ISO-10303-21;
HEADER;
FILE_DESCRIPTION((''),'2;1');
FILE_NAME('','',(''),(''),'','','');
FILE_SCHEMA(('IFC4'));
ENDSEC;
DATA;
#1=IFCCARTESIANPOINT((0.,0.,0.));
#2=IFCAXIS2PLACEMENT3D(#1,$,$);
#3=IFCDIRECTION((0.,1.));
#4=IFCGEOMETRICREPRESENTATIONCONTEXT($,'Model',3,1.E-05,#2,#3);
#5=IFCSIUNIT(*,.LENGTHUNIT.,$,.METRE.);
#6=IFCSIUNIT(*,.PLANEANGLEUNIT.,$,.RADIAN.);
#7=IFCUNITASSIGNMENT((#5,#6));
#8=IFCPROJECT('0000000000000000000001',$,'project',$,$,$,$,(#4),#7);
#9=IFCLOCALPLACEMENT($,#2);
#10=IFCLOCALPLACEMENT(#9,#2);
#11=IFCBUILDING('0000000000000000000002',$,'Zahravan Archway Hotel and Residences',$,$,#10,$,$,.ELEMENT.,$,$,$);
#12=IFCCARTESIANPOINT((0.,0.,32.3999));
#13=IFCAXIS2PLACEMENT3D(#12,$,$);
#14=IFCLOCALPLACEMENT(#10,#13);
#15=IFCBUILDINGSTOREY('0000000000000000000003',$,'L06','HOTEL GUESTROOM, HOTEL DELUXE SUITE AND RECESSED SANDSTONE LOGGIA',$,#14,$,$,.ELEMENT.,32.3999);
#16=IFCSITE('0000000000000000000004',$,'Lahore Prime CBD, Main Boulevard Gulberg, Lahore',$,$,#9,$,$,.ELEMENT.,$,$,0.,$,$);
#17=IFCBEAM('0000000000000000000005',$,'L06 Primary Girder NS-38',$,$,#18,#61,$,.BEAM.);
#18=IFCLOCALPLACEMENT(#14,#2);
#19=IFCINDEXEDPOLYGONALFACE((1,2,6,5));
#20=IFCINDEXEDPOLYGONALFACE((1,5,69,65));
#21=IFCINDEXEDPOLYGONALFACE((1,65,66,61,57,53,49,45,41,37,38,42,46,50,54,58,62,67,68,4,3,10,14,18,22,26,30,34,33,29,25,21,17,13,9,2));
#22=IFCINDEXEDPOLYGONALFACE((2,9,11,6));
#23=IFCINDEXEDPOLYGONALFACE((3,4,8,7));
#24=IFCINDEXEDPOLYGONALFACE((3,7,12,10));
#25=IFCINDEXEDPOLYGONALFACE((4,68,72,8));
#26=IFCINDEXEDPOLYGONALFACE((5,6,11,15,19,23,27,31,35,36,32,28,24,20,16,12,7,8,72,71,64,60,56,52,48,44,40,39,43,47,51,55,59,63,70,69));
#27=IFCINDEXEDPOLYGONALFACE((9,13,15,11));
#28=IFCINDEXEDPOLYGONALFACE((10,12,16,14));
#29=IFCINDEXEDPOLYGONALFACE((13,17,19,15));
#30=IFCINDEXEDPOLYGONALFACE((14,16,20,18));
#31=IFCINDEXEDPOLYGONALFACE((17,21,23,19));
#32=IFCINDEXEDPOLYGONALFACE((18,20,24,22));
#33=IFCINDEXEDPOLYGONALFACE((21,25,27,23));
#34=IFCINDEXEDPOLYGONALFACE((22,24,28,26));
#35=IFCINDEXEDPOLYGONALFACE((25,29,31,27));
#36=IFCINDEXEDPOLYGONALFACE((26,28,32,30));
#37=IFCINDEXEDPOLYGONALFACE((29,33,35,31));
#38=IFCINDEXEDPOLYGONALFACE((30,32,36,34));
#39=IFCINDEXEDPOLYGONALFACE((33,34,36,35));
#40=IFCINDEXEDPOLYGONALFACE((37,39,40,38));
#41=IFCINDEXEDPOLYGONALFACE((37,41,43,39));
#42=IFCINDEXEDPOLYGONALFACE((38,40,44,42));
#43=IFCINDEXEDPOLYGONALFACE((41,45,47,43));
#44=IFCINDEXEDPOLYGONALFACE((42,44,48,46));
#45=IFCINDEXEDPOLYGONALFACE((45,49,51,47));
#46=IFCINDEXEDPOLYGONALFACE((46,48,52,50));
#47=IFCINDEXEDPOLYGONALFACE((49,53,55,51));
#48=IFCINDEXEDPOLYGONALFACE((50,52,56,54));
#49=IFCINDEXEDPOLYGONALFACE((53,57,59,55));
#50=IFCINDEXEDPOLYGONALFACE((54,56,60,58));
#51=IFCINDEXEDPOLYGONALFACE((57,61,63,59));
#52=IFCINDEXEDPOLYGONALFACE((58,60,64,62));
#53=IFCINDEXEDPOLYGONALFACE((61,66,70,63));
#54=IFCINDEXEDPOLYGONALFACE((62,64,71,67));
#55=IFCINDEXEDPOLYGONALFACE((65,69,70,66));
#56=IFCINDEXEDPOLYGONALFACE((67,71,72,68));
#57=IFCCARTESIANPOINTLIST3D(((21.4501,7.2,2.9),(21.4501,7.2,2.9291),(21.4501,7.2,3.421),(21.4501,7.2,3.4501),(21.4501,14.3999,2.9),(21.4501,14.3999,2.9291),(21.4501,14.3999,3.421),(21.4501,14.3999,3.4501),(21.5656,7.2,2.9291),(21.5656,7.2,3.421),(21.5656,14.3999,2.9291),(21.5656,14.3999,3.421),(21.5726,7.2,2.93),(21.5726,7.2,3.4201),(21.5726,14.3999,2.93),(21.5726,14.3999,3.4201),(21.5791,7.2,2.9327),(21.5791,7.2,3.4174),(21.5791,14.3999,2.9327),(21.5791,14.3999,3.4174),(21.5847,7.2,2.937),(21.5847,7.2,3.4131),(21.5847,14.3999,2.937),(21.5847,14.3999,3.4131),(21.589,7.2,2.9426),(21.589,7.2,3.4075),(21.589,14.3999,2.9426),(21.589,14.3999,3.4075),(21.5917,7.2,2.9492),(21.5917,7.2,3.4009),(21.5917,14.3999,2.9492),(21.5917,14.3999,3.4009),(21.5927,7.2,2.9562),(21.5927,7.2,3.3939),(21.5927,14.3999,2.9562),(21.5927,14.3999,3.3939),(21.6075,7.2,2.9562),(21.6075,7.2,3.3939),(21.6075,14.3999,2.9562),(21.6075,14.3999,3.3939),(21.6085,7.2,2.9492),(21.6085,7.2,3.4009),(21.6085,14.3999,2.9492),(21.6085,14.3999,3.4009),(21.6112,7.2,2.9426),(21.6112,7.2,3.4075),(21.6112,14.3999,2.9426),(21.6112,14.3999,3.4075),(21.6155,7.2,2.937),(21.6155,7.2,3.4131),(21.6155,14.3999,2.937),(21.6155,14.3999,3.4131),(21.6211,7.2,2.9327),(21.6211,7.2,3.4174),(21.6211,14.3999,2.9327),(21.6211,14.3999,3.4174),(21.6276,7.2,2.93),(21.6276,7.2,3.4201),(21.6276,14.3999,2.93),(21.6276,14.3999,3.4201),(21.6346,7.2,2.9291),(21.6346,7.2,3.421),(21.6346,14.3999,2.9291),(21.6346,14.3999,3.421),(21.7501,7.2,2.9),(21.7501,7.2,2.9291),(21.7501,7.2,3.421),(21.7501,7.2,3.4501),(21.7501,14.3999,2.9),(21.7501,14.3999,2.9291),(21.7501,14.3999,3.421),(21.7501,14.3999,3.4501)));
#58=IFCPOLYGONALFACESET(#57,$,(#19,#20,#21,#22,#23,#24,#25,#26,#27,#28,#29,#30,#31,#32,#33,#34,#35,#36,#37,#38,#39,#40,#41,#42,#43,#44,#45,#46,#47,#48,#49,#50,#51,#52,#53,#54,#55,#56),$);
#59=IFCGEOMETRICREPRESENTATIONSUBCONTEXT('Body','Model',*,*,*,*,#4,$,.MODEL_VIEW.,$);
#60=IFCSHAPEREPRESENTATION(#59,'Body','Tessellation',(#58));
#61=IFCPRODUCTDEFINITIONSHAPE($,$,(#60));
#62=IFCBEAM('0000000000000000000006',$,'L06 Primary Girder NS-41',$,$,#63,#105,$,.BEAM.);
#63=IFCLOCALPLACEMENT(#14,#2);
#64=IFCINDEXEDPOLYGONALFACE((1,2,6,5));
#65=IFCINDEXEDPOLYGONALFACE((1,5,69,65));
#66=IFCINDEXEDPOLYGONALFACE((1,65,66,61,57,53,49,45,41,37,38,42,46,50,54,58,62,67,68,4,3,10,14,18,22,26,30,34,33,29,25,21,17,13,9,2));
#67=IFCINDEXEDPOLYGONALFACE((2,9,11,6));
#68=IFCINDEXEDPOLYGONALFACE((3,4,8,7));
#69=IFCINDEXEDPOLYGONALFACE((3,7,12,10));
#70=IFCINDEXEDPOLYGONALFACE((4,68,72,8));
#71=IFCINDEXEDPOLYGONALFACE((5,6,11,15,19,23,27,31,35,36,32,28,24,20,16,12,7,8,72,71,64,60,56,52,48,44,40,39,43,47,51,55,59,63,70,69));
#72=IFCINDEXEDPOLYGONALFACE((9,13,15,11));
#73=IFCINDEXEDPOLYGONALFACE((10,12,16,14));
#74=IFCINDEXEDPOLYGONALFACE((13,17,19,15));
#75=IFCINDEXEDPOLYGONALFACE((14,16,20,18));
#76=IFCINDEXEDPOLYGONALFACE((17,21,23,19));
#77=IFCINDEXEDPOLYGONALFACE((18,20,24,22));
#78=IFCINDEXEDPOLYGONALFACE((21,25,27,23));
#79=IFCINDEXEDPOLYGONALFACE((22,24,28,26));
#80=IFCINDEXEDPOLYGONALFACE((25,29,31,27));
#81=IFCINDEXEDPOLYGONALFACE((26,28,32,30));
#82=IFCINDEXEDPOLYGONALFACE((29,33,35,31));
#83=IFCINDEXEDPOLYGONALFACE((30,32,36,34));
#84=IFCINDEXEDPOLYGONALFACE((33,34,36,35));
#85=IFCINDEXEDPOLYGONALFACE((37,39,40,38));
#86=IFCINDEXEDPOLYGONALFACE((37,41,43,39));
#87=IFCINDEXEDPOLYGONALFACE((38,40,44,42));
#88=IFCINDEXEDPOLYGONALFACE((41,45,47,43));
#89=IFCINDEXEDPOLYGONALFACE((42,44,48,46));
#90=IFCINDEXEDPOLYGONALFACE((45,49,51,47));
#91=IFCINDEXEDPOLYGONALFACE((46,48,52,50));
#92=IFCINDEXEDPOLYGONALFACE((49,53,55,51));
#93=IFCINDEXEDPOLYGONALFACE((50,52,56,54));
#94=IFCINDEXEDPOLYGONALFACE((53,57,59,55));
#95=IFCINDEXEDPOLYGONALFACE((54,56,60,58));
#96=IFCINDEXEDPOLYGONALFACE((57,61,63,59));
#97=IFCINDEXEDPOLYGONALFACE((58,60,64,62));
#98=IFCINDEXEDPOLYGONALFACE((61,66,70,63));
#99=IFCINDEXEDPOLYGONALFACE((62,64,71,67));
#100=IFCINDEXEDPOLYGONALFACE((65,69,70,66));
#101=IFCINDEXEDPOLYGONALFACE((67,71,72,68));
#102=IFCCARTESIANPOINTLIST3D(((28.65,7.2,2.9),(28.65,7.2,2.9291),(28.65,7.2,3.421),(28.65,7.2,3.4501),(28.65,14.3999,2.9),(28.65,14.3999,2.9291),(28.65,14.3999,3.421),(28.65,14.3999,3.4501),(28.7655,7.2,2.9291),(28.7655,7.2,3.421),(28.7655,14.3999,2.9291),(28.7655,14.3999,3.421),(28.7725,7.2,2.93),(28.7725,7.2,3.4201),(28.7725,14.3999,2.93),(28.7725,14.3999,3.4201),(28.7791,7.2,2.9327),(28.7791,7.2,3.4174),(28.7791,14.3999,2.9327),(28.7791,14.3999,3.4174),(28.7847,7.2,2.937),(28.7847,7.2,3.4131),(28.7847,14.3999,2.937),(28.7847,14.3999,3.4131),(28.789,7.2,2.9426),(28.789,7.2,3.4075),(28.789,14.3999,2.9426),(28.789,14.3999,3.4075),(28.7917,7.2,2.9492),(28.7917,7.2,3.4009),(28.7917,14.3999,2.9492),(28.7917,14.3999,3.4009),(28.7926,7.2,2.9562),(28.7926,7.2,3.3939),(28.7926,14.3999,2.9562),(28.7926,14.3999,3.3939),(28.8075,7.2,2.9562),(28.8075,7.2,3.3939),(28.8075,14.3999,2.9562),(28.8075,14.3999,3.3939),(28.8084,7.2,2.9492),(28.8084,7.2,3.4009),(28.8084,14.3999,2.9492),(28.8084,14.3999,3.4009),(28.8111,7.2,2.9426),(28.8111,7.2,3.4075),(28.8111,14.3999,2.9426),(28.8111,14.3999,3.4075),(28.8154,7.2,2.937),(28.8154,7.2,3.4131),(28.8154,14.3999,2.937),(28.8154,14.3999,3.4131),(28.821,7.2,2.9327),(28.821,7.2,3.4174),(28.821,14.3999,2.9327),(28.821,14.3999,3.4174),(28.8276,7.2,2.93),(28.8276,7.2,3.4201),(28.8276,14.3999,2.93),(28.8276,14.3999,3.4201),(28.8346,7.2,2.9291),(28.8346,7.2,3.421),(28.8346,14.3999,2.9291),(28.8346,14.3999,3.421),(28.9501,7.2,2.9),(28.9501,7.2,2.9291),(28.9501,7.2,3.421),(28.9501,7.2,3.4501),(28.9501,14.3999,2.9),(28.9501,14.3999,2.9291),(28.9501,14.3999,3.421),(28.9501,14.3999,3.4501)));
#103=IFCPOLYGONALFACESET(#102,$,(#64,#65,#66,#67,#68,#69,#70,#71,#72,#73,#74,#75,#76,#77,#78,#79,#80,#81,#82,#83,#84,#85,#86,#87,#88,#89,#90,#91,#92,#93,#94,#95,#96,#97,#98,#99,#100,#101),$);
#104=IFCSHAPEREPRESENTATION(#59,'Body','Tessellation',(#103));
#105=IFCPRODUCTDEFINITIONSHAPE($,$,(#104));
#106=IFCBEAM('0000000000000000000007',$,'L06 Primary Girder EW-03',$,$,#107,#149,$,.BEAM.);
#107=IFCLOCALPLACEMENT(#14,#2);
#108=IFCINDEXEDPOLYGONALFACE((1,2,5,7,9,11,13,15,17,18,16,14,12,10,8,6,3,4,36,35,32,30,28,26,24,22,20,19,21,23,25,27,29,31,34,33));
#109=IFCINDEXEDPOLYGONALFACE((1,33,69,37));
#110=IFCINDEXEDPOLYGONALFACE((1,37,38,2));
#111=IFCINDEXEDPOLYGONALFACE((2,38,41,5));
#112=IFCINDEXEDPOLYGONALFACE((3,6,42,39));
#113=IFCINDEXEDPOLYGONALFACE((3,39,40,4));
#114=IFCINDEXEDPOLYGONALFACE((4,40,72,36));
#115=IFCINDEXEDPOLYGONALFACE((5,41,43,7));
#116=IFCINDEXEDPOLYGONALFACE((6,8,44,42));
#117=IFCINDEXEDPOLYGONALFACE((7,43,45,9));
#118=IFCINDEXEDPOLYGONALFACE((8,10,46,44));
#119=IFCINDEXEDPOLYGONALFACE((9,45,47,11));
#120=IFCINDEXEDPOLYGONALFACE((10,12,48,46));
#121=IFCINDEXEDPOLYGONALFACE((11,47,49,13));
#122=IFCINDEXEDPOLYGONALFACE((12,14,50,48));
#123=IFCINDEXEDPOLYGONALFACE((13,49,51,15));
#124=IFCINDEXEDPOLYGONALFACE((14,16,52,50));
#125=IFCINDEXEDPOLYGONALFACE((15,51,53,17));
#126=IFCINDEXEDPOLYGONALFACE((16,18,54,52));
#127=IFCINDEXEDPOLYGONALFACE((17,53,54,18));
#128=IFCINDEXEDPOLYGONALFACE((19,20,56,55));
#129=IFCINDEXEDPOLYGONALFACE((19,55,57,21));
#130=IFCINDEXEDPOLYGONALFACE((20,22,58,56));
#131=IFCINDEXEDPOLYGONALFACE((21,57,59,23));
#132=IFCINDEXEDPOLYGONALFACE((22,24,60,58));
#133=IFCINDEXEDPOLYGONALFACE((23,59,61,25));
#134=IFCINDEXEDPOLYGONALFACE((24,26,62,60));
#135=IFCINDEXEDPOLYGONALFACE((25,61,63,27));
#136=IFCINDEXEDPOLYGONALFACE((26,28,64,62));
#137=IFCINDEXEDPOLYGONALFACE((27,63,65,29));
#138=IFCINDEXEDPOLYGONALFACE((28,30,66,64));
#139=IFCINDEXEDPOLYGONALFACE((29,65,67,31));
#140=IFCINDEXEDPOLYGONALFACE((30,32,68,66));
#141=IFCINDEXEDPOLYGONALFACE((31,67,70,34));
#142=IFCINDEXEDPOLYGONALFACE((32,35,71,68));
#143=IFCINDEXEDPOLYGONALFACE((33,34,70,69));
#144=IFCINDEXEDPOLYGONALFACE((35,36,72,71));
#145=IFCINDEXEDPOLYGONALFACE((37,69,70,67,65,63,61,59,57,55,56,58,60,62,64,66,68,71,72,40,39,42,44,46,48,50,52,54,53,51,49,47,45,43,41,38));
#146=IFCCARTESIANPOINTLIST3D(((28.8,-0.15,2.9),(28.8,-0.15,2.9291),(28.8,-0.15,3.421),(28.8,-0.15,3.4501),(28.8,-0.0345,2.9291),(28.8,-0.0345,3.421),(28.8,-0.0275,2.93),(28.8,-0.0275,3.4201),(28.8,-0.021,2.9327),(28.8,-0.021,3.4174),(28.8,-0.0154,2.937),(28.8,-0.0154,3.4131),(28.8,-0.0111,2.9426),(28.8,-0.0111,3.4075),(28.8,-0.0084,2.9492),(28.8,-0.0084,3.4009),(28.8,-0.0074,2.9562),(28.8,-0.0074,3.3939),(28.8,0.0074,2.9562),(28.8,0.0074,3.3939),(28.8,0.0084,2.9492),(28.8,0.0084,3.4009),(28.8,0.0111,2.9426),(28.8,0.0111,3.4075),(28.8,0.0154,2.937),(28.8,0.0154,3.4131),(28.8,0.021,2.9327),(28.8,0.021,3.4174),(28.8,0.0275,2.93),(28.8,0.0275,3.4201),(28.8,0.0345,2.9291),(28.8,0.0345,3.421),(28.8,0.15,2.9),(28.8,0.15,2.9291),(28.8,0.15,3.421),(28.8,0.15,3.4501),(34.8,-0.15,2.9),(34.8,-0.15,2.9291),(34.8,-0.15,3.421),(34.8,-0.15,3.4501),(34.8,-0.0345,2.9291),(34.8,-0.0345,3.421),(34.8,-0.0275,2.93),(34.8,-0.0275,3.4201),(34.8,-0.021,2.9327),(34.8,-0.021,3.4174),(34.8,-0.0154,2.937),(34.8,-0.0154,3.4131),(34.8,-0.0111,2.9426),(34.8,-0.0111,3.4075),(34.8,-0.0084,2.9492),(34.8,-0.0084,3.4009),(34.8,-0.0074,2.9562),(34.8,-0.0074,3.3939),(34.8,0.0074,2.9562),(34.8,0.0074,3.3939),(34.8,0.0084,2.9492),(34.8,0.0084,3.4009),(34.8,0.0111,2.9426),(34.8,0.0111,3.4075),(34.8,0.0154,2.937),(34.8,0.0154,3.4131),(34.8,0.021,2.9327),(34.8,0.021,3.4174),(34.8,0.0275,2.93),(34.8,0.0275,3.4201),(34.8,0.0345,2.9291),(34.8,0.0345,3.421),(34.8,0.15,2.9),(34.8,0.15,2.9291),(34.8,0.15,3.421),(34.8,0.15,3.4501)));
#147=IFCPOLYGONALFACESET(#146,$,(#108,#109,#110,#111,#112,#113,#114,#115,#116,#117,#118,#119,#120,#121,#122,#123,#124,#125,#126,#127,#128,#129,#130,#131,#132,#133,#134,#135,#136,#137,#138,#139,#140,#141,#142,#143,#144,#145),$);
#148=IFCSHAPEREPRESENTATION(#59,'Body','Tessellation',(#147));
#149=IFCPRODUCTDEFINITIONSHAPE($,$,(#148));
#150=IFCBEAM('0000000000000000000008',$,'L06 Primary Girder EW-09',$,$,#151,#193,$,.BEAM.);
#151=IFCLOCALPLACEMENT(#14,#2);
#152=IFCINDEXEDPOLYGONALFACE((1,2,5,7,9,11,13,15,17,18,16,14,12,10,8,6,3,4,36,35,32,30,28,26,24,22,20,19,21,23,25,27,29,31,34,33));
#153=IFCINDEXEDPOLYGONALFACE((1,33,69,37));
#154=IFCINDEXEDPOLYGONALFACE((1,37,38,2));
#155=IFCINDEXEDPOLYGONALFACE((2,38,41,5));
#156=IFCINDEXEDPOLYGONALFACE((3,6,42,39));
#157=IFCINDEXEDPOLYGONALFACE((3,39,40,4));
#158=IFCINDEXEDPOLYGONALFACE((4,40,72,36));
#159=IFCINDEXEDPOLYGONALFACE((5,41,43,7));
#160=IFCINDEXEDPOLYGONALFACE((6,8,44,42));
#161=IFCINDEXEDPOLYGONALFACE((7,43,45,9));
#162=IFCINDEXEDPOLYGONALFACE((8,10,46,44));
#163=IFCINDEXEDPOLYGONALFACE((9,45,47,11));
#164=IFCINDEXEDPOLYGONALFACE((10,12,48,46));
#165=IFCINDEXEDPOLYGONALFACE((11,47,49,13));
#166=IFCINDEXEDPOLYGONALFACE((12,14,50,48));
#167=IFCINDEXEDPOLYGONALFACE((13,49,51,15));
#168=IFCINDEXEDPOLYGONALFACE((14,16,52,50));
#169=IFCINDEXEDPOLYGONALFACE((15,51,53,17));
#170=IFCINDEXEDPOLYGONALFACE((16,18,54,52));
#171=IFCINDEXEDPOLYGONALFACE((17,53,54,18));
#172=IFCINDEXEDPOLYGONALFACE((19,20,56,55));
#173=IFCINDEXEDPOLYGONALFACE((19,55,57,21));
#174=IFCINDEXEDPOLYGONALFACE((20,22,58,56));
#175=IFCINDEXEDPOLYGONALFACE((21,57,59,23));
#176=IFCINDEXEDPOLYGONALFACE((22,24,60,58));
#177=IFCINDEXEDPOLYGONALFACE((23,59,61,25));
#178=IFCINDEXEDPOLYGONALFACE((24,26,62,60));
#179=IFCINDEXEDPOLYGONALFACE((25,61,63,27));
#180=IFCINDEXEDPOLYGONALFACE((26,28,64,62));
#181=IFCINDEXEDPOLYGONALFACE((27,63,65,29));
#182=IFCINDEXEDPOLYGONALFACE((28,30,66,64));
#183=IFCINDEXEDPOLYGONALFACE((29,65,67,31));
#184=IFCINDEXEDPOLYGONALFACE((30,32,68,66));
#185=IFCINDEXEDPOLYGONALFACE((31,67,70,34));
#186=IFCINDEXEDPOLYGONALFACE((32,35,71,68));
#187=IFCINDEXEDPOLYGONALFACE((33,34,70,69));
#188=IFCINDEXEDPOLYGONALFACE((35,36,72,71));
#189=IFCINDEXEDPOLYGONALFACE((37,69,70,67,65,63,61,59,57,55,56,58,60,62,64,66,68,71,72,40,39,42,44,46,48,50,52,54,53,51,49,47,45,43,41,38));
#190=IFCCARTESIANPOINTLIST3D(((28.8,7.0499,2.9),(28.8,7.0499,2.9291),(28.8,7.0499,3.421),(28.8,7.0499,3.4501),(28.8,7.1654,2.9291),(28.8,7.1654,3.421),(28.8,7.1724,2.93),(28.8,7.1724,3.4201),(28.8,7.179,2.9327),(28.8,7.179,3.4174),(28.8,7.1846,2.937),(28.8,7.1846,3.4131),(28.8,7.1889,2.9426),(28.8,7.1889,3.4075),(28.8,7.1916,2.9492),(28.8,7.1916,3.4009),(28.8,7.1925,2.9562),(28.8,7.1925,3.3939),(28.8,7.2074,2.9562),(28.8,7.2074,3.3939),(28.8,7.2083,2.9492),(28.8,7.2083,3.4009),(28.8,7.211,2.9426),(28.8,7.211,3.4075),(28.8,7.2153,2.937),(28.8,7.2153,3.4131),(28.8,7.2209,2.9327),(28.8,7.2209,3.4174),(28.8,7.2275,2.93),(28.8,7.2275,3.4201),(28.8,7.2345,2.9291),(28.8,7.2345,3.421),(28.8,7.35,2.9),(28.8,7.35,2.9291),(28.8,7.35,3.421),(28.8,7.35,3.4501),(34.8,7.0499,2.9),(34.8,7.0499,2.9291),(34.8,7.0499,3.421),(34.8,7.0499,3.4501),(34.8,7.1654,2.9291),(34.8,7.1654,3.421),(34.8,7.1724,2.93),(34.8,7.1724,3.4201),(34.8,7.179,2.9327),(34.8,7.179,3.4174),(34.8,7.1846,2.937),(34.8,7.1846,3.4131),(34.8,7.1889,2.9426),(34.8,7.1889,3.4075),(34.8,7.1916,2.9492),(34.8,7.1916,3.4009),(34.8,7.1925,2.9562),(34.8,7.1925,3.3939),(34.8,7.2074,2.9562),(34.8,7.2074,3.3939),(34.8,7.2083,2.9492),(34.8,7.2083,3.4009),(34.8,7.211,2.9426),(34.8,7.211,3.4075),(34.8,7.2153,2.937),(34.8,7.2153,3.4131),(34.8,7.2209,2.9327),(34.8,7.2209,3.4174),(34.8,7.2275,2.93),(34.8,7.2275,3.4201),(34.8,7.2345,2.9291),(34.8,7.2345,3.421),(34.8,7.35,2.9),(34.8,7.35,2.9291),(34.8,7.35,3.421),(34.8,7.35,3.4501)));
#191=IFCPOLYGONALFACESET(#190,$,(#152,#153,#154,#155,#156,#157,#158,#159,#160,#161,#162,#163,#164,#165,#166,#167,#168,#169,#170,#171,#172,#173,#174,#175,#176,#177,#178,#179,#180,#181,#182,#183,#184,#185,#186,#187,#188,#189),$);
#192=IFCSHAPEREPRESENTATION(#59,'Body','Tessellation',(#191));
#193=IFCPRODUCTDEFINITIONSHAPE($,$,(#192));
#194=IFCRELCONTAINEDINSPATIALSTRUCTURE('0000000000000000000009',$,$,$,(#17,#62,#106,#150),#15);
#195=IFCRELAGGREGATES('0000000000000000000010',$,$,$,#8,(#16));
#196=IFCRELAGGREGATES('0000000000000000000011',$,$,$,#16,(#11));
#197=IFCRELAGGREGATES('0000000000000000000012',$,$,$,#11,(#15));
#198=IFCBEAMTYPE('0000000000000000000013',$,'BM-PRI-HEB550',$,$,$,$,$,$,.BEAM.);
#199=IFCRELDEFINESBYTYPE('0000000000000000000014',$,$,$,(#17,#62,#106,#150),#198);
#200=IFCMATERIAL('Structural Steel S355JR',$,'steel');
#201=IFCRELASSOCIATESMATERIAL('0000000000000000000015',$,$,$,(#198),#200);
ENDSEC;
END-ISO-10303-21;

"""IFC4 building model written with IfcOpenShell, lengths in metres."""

from ifc_helpers import new_model, si_unit, direction, frame, origin, origin_2d, place, context, subcontext, project, spatial, i_section, extrude, source, transform, mapped, material, material_profile, profile_set, type_object, element, save


model = new_model("IFC4")

# Units and contexts
model_context = context("Model", 3, precision=1e-05, world=origin(), true_north=direction((0.0, 1.0)))
body_context = subcontext(model_context, "Body", "Model", "MODEL_VIEW")
ifc_project = project(units=[si_unit("LENGTHUNIT", "METRE"), si_unit("PLANEANGLEUNIT", "RADIAN")], contexts=[model_context])

# Site, building, storey
site_placement = place(None, origin())
site = spatial("IfcSite", under=ifc_project, at=site_placement, Name="Lahore Prime CBD, Main Boulevard Gulberg, Lahore", CompositionType="ELEMENT", RefElevation=0.0)
building_placement = place(site_placement, origin())
building = spatial("IfcBuilding", under=site, at=building_placement, Name="Zahravan Archway Hotel and Residences", CompositionType="ELEMENT")
storey_placement = place(building_placement, frame((0.0, 0.0, 32.3999)))
storey = spatial("IfcBuildingStorey", under=building, at=storey_placement, Name="L06", Description="HOTEL GUESTROOM, HOTEL DELUXE SUITE AND RECESSED SANDSTONE LOGGIA", CompositionType="ELEMENT", Elevation=32.3999)

# Beams
ifc_material_1 = material(Name="Structural Steel S355JR", Category="steel")
ifc_material_profile_1 = material_profile(ifc_material_1, i_section(OverallWidth=0.3, OverallDepth=0.55, WebThickness=0.0149, FlangeThickness=0.0291, FilletRadius=0.0271, at=origin_2d()), Name="HEB 550", Category="steel")
ifc_profile_set_1 = profile_set([ifc_material_profile_1], Name="Structural Steel S355JR")
beam_type_1 = type_object("IfcBeamType", Name="BM-PRI-HEB550", PredefinedType="BEAM", material=ifc_profile_set_1)
shared_shape_1 = source(origin(), body_context, "Body", "SweptSolid", [
    extrude(i_section(OverallWidth=0.3, OverallDepth=0.55, WebThickness=0.0149, FlangeThickness=0.0291, FilletRadius=0.0271, at=origin_2d()), origin(), (0.0, 0.0, 1.0), 7.2),
])
for number, where, z_axis, x_axis, name in (
    (1, (21.6001, 7.2, 3.175), (0.0, 1.0, 0.0), (-1.0, 0.0, 0.0), "L06 Primary Girder NS-38"),
    (2, (28.8, 7.2, 3.175), (0.0, 1.0, 0.0), (-1.0, 0.0, 0.0), "L06 Primary Girder NS-41"),
):
    element("IfcBeam", number, at=place(storey_placement, frame(where, z_axis=z_axis, x_axis=x_axis)), inside=storey, type_object=beam_type_1, Name=name, PredefinedType="BEAM", context=body_context, shape_type="MappedRepresentation", body=[
        mapped(shared_shape_1, transform((0.0, 0.0, 0.0), scale=1.0)),
    ])
shared_shape_2 = source(origin(), body_context, "Body", "SweptSolid", [
    extrude(i_section(OverallWidth=0.3, OverallDepth=0.55, WebThickness=0.0149, FlangeThickness=0.0291, FilletRadius=0.0271, at=origin_2d()), origin(), (0.0, 0.0, 1.0), 6.0),
])
for number, where, z_axis, x_axis, name in (
    (3, (28.8, 0.0, 3.175), (1.0, 0.0, 0.0), (0.0, 1.0, 0.0), "L06 Primary Girder EW-03"),
    (4, (28.8, 7.2, 3.175), (1.0, 0.0, 0.0), (0.0, 1.0, 0.0), "L06 Primary Girder EW-09"),
):
    element("IfcBeam", number, at=place(storey_placement, frame(where, z_axis=z_axis, x_axis=x_axis)), inside=storey, type_object=beam_type_1, Name=name, PredefinedType="BEAM", context=body_context, shape_type="MappedRepresentation", body=[
        mapped(shared_shape_2, transform((0.0, 0.0, 0.0), scale=1.0)),
    ])

save(model, "model.ifc")
